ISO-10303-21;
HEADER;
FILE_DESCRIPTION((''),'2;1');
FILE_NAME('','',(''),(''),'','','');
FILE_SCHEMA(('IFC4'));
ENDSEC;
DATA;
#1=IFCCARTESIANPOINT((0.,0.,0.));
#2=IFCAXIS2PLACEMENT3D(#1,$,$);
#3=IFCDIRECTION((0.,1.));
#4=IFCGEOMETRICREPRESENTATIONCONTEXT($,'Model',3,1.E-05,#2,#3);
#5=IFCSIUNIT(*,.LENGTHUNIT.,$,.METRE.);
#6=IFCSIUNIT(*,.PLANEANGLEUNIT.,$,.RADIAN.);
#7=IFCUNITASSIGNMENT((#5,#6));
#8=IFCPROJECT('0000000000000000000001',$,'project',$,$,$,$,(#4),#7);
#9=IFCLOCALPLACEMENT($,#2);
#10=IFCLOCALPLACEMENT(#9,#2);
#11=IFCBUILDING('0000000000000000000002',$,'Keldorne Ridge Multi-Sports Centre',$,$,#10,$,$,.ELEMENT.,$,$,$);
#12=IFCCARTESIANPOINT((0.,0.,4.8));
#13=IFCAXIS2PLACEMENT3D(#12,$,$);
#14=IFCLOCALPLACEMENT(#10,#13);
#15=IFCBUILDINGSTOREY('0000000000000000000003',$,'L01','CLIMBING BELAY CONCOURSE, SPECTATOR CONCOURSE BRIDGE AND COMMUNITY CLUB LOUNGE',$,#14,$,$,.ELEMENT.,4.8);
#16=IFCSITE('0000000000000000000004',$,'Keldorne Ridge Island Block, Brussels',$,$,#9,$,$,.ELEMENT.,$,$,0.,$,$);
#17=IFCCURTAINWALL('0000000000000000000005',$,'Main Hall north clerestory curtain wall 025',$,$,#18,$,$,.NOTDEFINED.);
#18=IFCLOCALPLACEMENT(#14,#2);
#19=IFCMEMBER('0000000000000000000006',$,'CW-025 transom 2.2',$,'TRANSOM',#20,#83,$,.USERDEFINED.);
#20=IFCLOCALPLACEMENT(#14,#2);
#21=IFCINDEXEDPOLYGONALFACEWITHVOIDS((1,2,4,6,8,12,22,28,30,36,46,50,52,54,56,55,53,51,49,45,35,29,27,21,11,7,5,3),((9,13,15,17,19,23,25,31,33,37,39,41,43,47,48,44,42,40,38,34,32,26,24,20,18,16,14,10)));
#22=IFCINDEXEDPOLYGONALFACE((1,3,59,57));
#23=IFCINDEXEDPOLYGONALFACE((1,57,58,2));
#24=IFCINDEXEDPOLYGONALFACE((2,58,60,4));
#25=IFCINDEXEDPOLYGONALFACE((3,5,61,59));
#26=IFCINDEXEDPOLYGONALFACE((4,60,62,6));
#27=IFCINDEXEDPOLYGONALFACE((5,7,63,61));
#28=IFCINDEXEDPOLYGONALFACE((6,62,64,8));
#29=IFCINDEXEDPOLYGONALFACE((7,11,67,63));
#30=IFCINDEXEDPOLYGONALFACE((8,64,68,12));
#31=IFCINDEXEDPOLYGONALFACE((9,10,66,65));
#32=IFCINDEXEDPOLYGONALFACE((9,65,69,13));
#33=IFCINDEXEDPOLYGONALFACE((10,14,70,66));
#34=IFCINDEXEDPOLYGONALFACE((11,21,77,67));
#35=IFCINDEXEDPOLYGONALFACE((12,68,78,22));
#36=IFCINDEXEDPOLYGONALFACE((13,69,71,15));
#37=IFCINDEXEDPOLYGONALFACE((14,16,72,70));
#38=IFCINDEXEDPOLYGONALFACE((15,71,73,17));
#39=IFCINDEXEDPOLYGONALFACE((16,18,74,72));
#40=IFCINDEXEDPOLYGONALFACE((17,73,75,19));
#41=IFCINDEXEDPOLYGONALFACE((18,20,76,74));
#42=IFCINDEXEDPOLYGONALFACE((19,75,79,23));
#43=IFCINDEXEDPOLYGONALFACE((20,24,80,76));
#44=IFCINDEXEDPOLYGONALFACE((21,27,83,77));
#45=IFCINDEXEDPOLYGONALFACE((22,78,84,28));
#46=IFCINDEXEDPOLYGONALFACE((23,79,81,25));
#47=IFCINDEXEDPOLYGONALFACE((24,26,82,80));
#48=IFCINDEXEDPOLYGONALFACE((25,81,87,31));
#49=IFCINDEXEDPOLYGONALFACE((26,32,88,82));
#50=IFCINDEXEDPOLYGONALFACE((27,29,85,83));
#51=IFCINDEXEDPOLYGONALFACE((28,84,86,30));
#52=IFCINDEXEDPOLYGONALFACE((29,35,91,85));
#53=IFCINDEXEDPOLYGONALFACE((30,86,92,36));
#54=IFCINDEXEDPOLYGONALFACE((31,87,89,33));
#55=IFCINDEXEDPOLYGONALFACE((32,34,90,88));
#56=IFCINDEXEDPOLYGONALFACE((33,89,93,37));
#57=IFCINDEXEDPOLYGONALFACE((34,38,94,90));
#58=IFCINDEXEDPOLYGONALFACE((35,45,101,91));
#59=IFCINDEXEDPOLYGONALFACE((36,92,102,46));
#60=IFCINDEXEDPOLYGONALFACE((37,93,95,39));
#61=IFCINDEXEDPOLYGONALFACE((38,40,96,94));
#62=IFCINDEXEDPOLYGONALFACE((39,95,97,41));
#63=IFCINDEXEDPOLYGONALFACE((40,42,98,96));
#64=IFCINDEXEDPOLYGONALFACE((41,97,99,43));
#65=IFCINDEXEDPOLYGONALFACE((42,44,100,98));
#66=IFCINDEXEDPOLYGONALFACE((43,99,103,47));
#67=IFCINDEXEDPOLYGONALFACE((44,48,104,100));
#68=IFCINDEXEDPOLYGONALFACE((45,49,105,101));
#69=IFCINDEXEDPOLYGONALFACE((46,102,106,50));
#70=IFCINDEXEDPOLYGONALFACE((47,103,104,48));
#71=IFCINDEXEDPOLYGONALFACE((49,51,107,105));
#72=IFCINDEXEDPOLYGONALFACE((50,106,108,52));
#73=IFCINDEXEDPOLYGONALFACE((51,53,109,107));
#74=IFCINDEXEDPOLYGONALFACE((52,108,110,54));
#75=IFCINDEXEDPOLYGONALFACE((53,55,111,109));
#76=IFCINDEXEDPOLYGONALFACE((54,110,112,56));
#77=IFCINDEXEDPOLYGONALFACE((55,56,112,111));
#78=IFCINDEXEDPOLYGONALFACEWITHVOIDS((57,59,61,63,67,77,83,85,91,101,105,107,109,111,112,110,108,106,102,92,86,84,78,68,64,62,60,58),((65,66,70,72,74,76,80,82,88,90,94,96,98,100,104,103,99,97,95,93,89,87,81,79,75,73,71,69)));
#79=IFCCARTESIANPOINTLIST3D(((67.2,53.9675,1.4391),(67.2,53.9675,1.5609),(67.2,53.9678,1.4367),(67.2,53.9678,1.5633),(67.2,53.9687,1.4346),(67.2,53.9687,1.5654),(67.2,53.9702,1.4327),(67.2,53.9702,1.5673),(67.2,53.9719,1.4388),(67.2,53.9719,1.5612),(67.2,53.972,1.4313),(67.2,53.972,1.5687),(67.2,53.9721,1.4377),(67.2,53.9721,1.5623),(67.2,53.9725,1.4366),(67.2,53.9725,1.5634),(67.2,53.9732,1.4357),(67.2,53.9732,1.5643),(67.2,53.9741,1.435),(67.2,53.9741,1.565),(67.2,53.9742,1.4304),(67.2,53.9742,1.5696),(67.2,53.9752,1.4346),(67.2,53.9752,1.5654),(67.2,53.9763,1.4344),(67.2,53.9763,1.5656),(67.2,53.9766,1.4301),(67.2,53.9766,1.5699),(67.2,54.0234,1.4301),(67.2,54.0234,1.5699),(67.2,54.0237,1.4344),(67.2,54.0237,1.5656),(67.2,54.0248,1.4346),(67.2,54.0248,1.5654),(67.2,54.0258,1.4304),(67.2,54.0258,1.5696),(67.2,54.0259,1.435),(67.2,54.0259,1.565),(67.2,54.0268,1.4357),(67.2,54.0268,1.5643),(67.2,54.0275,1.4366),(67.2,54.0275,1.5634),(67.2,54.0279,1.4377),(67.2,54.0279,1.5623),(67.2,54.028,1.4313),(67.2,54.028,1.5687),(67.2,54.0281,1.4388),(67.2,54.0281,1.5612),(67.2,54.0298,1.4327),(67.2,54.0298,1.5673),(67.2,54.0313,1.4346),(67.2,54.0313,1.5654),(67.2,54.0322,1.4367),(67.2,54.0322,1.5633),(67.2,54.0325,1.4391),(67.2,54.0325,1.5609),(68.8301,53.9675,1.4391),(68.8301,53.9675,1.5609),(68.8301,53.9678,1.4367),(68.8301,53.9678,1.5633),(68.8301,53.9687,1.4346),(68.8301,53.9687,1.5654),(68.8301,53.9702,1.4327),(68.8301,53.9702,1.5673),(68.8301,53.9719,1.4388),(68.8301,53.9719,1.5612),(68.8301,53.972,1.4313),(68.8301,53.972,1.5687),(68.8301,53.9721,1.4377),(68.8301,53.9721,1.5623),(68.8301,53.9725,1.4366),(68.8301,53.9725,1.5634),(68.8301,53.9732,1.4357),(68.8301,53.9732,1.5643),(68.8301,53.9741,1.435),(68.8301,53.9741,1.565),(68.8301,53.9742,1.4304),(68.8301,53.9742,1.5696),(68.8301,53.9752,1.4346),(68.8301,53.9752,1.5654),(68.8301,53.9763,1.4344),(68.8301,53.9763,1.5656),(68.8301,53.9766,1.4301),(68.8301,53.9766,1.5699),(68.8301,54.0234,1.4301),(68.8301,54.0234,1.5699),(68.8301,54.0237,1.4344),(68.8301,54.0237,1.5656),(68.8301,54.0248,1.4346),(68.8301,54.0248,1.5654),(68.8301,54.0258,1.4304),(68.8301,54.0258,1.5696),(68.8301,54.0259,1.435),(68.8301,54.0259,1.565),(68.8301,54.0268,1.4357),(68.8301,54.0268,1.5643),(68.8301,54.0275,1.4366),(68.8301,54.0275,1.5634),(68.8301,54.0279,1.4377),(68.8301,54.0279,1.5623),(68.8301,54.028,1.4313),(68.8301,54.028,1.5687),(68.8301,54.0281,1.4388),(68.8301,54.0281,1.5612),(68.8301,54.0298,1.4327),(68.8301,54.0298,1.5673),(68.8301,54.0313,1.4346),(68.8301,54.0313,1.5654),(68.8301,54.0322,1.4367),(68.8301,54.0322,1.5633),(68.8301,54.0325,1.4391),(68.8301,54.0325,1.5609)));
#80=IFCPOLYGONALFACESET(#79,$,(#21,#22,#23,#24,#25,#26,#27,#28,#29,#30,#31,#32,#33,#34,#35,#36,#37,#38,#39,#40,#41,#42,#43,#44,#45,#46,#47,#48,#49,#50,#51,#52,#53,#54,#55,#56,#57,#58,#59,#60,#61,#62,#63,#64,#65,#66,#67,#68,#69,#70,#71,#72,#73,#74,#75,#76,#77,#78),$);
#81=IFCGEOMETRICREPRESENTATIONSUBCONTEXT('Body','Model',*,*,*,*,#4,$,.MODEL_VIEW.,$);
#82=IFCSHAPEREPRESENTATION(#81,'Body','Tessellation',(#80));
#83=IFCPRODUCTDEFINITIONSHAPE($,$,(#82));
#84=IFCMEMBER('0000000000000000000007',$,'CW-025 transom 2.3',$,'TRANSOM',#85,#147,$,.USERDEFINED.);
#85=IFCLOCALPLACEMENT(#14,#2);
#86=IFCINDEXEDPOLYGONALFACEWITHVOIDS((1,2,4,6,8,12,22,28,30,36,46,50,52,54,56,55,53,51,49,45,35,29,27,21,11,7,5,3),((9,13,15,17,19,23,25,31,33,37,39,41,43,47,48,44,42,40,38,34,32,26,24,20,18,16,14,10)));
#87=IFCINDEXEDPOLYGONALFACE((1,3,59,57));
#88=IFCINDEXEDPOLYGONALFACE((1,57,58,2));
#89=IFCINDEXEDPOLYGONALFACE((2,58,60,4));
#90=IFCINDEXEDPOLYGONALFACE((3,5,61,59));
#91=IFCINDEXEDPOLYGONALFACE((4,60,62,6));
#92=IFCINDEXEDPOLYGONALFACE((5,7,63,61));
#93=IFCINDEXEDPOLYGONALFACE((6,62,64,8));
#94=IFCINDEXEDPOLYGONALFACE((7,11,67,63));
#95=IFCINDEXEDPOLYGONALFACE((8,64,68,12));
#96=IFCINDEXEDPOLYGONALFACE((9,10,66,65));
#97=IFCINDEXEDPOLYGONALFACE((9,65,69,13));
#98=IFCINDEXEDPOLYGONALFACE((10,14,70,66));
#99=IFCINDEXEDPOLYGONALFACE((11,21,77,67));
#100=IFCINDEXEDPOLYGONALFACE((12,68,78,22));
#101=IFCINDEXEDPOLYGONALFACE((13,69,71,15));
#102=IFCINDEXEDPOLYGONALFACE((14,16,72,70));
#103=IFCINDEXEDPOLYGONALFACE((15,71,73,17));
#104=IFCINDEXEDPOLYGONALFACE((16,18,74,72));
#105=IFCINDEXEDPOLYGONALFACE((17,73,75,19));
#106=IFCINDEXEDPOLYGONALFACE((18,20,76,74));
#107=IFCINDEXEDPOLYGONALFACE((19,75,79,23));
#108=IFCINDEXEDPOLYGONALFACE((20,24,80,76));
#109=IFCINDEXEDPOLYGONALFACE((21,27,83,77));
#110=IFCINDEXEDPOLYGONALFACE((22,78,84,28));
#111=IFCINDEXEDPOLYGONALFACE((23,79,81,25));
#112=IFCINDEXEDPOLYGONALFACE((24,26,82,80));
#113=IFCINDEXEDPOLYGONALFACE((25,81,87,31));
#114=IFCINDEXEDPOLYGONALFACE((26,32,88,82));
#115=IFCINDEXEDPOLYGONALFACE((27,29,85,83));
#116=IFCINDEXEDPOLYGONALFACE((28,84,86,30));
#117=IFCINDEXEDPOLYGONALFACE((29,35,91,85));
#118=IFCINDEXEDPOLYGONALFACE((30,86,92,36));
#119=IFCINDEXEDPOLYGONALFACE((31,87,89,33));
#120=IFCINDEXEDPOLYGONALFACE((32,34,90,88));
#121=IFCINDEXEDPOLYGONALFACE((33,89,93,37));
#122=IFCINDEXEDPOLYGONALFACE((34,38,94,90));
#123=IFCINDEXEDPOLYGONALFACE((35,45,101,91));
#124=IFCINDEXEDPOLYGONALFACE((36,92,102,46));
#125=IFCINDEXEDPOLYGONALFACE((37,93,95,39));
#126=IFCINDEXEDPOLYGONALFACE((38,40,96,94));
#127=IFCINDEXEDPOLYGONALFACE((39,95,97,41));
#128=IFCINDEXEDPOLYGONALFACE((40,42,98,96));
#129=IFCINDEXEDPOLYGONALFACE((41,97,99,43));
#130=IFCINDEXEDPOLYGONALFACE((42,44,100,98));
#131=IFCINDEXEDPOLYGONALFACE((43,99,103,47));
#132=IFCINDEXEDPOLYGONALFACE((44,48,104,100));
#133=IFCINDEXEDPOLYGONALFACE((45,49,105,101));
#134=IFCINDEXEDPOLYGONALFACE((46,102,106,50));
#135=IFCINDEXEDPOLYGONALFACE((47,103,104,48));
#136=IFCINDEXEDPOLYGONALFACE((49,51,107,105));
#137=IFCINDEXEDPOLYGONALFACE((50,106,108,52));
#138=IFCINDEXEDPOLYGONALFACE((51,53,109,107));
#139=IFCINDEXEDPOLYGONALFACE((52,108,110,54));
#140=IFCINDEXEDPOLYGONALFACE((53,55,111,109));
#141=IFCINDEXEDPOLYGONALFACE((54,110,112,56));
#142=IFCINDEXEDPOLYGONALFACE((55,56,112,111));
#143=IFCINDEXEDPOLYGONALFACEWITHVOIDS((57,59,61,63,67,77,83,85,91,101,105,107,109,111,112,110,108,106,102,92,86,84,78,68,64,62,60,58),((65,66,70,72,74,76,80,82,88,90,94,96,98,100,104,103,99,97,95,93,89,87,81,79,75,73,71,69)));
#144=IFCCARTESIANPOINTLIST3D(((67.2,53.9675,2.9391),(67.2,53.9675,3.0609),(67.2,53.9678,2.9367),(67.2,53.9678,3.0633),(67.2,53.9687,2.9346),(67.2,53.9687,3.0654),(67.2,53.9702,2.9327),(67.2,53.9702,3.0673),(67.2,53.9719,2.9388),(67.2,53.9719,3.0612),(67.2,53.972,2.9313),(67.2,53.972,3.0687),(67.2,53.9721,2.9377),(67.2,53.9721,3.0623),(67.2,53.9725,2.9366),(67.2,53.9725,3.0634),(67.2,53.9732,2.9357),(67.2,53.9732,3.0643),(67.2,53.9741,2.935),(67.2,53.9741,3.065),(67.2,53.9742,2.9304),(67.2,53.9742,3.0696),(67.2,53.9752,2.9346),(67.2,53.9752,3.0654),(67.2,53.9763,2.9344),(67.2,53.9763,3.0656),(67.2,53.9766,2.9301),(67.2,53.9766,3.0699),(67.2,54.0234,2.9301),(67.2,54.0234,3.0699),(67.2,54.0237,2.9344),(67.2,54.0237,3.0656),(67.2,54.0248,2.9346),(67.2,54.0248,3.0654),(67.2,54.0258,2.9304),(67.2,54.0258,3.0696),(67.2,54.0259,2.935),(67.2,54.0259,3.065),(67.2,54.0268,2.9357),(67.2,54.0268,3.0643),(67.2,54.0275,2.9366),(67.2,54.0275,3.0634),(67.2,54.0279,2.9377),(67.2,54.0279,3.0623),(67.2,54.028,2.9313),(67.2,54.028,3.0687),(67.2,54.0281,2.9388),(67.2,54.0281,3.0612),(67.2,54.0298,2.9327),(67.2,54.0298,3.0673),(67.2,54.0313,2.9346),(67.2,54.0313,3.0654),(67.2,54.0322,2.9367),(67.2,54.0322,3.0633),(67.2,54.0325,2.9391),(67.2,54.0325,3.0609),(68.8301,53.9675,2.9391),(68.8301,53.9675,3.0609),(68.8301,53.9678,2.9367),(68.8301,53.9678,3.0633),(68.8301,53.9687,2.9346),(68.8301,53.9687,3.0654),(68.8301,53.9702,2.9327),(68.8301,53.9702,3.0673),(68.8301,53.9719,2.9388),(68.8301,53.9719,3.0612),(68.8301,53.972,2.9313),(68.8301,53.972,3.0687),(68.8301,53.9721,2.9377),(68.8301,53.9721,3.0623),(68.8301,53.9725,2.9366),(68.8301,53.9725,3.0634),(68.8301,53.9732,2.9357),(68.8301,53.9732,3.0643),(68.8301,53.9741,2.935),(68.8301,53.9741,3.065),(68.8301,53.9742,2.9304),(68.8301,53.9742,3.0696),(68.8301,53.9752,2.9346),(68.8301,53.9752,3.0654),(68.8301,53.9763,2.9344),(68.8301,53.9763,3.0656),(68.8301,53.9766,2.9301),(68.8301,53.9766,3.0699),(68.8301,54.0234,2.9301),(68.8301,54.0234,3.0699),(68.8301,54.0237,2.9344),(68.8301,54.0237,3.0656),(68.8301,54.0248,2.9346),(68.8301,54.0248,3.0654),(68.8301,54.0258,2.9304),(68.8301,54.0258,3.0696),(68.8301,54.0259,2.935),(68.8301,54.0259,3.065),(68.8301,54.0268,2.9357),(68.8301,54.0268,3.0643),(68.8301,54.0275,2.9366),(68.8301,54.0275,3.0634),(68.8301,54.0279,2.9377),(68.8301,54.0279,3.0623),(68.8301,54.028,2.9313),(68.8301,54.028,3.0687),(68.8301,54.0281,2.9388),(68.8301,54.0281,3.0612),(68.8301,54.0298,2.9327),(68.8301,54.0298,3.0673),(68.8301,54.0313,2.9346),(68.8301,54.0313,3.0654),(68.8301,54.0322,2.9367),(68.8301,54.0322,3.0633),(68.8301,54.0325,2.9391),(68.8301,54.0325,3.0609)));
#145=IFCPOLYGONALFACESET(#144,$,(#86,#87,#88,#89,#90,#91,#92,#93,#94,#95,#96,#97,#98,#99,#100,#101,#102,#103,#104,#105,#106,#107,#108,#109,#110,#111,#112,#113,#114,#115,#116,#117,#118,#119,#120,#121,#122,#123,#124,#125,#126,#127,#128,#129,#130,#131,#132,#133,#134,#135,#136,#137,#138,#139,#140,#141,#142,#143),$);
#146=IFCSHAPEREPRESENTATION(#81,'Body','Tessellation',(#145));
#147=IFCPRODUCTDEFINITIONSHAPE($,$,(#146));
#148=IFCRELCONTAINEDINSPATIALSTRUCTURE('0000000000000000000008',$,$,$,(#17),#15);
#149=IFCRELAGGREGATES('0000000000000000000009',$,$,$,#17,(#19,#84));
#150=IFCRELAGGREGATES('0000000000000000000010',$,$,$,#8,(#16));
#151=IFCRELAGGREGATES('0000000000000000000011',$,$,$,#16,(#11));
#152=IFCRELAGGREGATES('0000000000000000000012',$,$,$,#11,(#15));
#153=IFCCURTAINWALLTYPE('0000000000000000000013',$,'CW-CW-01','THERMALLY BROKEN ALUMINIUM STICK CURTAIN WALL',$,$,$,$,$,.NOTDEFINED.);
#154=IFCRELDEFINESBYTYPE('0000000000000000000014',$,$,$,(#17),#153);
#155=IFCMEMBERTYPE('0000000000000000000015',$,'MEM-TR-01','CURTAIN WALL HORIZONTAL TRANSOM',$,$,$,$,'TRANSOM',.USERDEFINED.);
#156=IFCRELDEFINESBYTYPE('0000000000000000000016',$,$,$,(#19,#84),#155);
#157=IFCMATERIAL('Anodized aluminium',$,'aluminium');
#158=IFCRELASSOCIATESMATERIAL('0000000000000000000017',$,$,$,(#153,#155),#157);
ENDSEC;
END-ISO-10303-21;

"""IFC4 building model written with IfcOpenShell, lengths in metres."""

from ifc_helpers import new_model, si_unit, direction, frame, origin, origin_2d, place, context, subcontext, project, spatial, hollow_rectangle, extrude, material, material_profile, profile_set, type_object, element, aggregate, save


model = new_model("IFC4")

# Units and contexts
model_context = context("Model", 3, precision=1e-05, world=origin(), true_north=direction((0.0, 1.0)))
body_context = subcontext(model_context, "Body", "Model", "MODEL_VIEW")
ifc_project = project(units=[si_unit("LENGTHUNIT", "METRE"), si_unit("PLANEANGLEUNIT", "RADIAN")], contexts=[model_context])

# Site, building, storey
site_placement = place(None, origin())
site = spatial("IfcSite", under=ifc_project, at=site_placement, Name="Keldorne Ridge Island Block, Brussels", CompositionType="ELEMENT", RefElevation=0.0)
building_placement = place(site_placement, origin())
building = spatial("IfcBuilding", under=site, at=building_placement, Name="Keldorne Ridge Multi-Sports Centre", CompositionType="ELEMENT")
storey_placement = place(building_placement, frame((0.0, 0.0, 4.8)))
storey = spatial("IfcBuildingStorey", under=building, at=storey_placement, Name="L01", Description="CLIMBING BELAY CONCOURSE, SPECTATOR CONCOURSE BRIDGE AND COMMUNITY CLUB LOUNGE", CompositionType="ELEMENT", Elevation=4.8)

# Curtain wall
ifc_material_1 = material(Name="Anodized aluminium", Category="aluminium")
curtain_wall_type_1 = type_object("IfcCurtainWallType", Name="CW-CW-01", Description="THERMALLY BROKEN ALUMINIUM STICK CURTAIN WALL", PredefinedType="NOTDEFINED", material=ifc_material_1)
curtain_wall_1_placement = place(storey_placement, origin())
curtain_wall_1 = element("IfcCurtainWall", 1, at=curtain_wall_1_placement, inside=storey, type_object=curtain_wall_type_1, Name="Main Hall north clerestory curtain wall 025", PredefinedType="NOTDEFINED")

# Members
ifc_material_profile_1 = material_profile(ifc_material_1, hollow_rectangle(XDim=0.0649, YDim=0.1399, WallThickness=0.0044, InnerFilletRadius=0.0044, OuterFilletRadius=0.009, at=origin_2d()), Name="ALU TRANSOM 140x65x4.5")
ifc_profile_set_1 = profile_set([ifc_material_profile_1], Name="Anodized aluminium")
member_type_1 = type_object("IfcMemberType", Name="MEM-TR-01", Description="CURTAIN WALL HORIZONTAL TRANSOM", ElementType="TRANSOM", PredefinedType="USERDEFINED", material=ifc_profile_set_1)
member_1_placement = place(storey_placement, frame((68.8301, 54.0, 1.5), z_axis=(-1.0, 0.0, 0.0), x_axis=(0.0, -1.0, 0.0)))
member_1 = element("IfcMember", 2, at=member_1_placement, type_object=member_type_1, Name="CW-025 transom 2.2", ObjectType="TRANSOM", PredefinedType="USERDEFINED", context=body_context, shape_type="SweptSolid", body=[
    extrude(hollow_rectangle(XDim=0.0649, YDim=0.1399, WallThickness=0.0044, InnerFilletRadius=0.0044, OuterFilletRadius=0.009, at=origin_2d()), origin(), (0.0, 0.0, 1.0), 1.6301),
])
member_2_placement = place(storey_placement, frame((68.8301, 54.0, 3.0), z_axis=(-1.0, 0.0, 0.0), x_axis=(0.0, -1.0, 0.0)))
member_2 = element("IfcMember", 3, at=member_2_placement, type_object=member_type_1, Name="CW-025 transom 2.3", ObjectType="TRANSOM", PredefinedType="USERDEFINED", context=body_context, shape_type="SweptSolid", body=[
    extrude(hollow_rectangle(XDim=0.0649, YDim=0.1399, WallThickness=0.0044, InnerFilletRadius=0.0044, OuterFilletRadius=0.009, at=origin_2d()), origin(), (0.0, 0.0, 1.0), 1.6301),
])

aggregate(curtain_wall_1, [member_1, member_2])

save(model, "model.ifc")
